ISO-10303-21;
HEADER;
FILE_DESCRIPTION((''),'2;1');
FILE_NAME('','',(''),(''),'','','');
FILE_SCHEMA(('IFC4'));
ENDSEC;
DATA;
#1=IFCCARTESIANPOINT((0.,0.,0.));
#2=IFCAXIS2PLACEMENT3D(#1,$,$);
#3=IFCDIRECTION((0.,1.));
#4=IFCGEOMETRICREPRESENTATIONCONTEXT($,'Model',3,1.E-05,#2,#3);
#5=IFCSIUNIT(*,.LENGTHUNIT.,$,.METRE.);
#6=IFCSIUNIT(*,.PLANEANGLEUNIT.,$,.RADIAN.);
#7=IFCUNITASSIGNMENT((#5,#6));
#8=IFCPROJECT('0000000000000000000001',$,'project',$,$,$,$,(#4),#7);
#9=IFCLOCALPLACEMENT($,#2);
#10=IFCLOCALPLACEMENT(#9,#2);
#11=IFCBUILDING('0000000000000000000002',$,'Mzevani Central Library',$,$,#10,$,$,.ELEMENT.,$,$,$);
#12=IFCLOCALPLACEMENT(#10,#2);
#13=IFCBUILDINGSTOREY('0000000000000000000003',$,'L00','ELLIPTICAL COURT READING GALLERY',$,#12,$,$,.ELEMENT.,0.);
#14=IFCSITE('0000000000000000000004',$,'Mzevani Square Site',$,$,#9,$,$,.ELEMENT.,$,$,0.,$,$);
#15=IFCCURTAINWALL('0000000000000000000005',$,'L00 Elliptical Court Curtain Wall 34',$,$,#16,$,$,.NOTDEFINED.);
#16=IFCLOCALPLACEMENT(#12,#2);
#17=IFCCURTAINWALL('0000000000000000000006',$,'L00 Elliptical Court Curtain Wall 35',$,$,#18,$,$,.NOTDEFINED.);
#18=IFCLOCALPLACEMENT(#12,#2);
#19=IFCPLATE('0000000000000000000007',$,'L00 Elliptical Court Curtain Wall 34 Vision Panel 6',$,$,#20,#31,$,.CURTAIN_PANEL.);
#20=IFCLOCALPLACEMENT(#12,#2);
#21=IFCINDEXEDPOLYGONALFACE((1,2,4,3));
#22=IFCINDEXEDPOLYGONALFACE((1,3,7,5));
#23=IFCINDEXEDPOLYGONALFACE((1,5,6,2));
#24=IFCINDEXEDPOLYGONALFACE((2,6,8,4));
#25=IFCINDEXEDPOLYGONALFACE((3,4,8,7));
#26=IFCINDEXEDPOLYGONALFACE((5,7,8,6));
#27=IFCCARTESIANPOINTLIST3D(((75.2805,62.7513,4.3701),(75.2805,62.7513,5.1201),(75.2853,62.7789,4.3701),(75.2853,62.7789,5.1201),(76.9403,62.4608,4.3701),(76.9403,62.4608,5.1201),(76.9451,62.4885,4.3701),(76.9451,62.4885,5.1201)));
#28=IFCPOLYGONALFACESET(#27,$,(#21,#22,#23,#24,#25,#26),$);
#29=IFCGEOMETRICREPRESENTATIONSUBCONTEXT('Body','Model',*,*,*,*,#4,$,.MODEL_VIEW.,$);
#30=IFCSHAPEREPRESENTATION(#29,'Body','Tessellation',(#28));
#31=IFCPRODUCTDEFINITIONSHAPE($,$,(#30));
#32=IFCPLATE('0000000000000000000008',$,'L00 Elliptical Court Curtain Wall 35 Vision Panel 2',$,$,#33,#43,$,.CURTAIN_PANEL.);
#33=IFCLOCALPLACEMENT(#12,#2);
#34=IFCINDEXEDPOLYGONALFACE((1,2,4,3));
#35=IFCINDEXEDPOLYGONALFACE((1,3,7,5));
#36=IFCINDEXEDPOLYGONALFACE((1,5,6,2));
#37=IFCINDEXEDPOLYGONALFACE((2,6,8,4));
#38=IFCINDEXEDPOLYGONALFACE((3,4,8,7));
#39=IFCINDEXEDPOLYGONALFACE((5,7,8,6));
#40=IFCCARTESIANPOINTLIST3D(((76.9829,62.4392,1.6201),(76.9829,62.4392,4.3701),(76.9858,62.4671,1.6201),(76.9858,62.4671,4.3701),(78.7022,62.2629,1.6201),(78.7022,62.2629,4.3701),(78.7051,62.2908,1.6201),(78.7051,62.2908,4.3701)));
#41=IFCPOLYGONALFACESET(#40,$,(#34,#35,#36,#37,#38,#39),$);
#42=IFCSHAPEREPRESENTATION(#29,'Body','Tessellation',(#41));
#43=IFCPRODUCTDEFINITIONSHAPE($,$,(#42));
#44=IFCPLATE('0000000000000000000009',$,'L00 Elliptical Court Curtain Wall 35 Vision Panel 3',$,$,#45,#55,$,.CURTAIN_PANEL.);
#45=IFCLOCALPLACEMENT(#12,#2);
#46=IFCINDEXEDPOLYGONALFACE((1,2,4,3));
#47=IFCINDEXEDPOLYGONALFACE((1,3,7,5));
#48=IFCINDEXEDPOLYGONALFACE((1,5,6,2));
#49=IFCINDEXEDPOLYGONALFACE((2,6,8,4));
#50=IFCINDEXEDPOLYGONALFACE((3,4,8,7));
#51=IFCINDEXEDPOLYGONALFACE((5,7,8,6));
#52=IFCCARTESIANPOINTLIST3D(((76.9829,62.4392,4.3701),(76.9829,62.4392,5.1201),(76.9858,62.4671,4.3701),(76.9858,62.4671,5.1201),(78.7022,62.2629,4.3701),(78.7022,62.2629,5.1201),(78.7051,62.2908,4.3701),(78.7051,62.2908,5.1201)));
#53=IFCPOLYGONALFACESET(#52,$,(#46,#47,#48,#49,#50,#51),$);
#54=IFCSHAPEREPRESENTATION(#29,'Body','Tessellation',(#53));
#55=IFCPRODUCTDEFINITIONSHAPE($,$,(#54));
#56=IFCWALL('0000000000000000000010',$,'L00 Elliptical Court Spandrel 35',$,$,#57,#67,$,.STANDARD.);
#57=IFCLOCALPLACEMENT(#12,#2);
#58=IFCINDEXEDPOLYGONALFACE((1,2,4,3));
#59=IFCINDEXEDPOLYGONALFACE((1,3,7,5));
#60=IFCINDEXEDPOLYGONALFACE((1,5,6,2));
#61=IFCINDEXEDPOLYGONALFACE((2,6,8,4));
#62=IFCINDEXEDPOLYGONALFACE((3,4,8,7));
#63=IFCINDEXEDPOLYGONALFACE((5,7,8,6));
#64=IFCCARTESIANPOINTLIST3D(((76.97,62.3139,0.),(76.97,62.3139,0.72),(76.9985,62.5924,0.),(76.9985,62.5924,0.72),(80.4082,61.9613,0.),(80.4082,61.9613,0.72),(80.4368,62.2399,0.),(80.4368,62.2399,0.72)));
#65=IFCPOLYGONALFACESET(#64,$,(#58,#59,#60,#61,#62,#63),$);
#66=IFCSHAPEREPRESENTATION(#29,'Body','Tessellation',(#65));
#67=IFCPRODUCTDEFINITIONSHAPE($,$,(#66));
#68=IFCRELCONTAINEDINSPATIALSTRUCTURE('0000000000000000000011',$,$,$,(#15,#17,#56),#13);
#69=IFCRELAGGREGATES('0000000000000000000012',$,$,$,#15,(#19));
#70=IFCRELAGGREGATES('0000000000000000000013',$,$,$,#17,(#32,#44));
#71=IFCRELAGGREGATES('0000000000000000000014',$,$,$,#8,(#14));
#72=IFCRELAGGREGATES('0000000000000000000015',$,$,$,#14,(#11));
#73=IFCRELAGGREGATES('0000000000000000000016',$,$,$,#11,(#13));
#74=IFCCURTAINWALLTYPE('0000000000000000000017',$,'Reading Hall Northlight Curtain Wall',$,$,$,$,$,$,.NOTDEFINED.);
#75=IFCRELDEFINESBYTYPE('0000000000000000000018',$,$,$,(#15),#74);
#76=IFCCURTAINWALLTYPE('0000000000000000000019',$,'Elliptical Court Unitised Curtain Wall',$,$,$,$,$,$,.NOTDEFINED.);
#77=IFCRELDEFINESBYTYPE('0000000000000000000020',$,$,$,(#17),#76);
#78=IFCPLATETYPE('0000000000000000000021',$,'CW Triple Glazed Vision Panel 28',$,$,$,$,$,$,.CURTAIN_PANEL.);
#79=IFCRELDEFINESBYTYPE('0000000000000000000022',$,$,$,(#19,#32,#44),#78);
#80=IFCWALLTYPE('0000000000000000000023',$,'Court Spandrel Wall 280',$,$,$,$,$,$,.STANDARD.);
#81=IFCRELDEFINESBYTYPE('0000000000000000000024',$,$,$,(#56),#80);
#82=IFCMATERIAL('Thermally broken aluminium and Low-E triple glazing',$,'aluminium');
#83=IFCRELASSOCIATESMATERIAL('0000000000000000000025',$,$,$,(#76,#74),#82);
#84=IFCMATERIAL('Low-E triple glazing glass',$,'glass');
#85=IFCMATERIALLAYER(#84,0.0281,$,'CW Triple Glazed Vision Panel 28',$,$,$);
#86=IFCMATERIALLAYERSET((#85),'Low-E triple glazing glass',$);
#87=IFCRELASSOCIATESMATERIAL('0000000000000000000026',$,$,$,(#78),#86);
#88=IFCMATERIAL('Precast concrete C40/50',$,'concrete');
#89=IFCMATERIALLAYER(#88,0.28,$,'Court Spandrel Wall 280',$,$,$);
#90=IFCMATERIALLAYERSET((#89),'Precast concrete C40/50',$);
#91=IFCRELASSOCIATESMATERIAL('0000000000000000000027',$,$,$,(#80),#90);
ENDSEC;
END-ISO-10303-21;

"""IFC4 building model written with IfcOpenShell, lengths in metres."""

from ifc_helpers import new_model, si_unit, direction, frame, frame_2d, origin, origin_2d, place, context, subcontext, project, spatial, rectangle, extrude, material, layer, layer_set, type_object, element, aggregate, save


model = new_model("IFC4")

# Units and contexts
model_context = context("Model", 3, precision=1e-05, world=origin(), true_north=direction((0.0, 1.0)))
body_context = subcontext(model_context, "Body", "Model", "MODEL_VIEW")
ifc_project = project(units=[si_unit("LENGTHUNIT", "METRE"), si_unit("PLANEANGLEUNIT", "RADIAN")], contexts=[model_context])

# Site, building, storey
site_placement = place(None, origin())
site = spatial("IfcSite", under=ifc_project, at=site_placement, Name="Mzevani Square Site", CompositionType="ELEMENT", RefElevation=0.0)
building_placement = place(site_placement, origin())
building = spatial("IfcBuilding", under=site, at=building_placement, Name="Mzevani Central Library", CompositionType="ELEMENT")
storey_placement = place(building_placement, origin())
storey = spatial("IfcBuildingStorey", under=building, at=storey_placement, Name="L00", Description="ELLIPTICAL COURT READING GALLERY", CompositionType="ELEMENT", Elevation=0.0)

# Shared definitions
ifc_material_1 = material(Name="Thermally broken aluminium and Low-E triple glazing", Category="aluminium")
curtain_wall_type_1 = type_object("IfcCurtainWallType", Name="Elliptical Court Unitised Curtain Wall", PredefinedType="NOTDEFINED", material=ifc_material_1)

# Curtain wall
curtain_wall_type_2 = type_object("IfcCurtainWallType", Name="Reading Hall Northlight Curtain Wall", PredefinedType="NOTDEFINED", material=ifc_material_1)
curtain_wall_1_placement = place(storey_placement, origin())
curtain_wall_1 = element("IfcCurtainWall", 1, at=curtain_wall_1_placement, inside=storey, type_object=curtain_wall_type_2, Name="L00 Elliptical Court Curtain Wall 34", PredefinedType="NOTDEFINED")

# Curtain wall
curtain_wall_2_placement = place(storey_placement, origin())
curtain_wall_2 = element("IfcCurtainWall", 2, at=curtain_wall_2_placement, inside=storey, type_object=curtain_wall_type_1, Name="L00 Elliptical Court Curtain Wall 35", PredefinedType="NOTDEFINED")

# Plates
ifc_material_2 = material(Name="Low-E triple glazing glass", Category="glass")
ifc_layer_1 = layer(ifc_material_2, 0.0281, Name="CW Triple Glazed Vision Panel 28")
ifc_layer_set_1 = layer_set([ifc_layer_1], Name="Low-E triple glazing glass")
plate_type_1 = type_object("IfcPlateType", Name="CW Triple Glazed Vision Panel 28", PredefinedType="CURTAIN_PANEL", material=ifc_layer_set_1)
plate_1_placement = place(storey_placement, frame((76.1128, 62.6199, 4.3701), z_axis=(0.0, 0.0, 1.0), x_axis=(0.985036, -0.172349, 0.0)))
plate_1 = element("IfcPlate", 3, at=plate_1_placement, type_object=plate_type_1, Name="L00 Elliptical Court Curtain Wall 34 Vision Panel 6", PredefinedType="CURTAIN_PANEL", context=body_context, shape_type="SweptSolid", body=[
    extrude(rectangle(XDim=1.6851, YDim=0.0281, at=origin_2d()), origin(), (0.0, 0.0, 1.0), 0.75),
])
aggregate(curtain_wall_1, [plate_1])
plate_2_placement = place(storey_placement, frame((77.844, 62.365, 1.6201), z_axis=(0.0, 0.0, 1.0), x_axis=(0.994786, -0.101987, 0.0)))
plate_2 = element("IfcPlate", 4, at=plate_2_placement, type_object=plate_type_1, Name="L00 Elliptical Court Curtain Wall 35 Vision Panel 2", PredefinedType="CURTAIN_PANEL", context=body_context, shape_type="SweptSolid", body=[
    extrude(rectangle(XDim=1.7283, YDim=0.0281, at=origin_2d()), origin(), (0.0, 0.0, 1.0), 2.75),
])
plate_3_placement = place(storey_placement, frame((77.844, 62.365, 4.3701), z_axis=(0.0, 0.0, 1.0), x_axis=(0.994786, -0.101987, 0.0)))
plate_3 = element("IfcPlate", 5, at=plate_3_placement, type_object=plate_type_1, Name="L00 Elliptical Court Curtain Wall 35 Vision Panel 3", PredefinedType="CURTAIN_PANEL", context=body_context, shape_type="SweptSolid", body=[
    extrude(rectangle(XDim=1.7283, YDim=0.0281, at=origin_2d()), origin(), (0.0, 0.0, 1.0), 0.75),
])
aggregate(curtain_wall_2, [plate_2, plate_3])

# Wall
ifc_material_3 = material(Name="Precast concrete C40/50", Category="concrete")
ifc_layer_2 = layer(ifc_material_3, 0.28, Name="Court Spandrel Wall 280")
ifc_layer_set_2 = layer_set([ifc_layer_2], Name="Precast concrete C40/50")
wall_type = type_object("IfcWallType", Name="Court Spandrel Wall 280", PredefinedType="STANDARD", material=ifc_layer_set_2)
wall_placement = place(storey_placement, frame((76.9844, 62.4531, 0.0), z_axis=(0.0, 0.0, 1.0), x_axis=(0.994784, -0.102, 0.0)))
element("IfcWall", 6, at=wall_placement, inside=storey, type_object=wall_type, Name="L00 Elliptical Court Spandrel 35", PredefinedType="STANDARD", context=body_context, shape_type="SweptSolid", body=[
    extrude(rectangle(XDim=3.4563, YDim=0.28, at=frame_2d((1.728, 0.0))), origin(), (0.0, 0.0, 1.0), 0.72),
])

save(model, "model.ifc")
